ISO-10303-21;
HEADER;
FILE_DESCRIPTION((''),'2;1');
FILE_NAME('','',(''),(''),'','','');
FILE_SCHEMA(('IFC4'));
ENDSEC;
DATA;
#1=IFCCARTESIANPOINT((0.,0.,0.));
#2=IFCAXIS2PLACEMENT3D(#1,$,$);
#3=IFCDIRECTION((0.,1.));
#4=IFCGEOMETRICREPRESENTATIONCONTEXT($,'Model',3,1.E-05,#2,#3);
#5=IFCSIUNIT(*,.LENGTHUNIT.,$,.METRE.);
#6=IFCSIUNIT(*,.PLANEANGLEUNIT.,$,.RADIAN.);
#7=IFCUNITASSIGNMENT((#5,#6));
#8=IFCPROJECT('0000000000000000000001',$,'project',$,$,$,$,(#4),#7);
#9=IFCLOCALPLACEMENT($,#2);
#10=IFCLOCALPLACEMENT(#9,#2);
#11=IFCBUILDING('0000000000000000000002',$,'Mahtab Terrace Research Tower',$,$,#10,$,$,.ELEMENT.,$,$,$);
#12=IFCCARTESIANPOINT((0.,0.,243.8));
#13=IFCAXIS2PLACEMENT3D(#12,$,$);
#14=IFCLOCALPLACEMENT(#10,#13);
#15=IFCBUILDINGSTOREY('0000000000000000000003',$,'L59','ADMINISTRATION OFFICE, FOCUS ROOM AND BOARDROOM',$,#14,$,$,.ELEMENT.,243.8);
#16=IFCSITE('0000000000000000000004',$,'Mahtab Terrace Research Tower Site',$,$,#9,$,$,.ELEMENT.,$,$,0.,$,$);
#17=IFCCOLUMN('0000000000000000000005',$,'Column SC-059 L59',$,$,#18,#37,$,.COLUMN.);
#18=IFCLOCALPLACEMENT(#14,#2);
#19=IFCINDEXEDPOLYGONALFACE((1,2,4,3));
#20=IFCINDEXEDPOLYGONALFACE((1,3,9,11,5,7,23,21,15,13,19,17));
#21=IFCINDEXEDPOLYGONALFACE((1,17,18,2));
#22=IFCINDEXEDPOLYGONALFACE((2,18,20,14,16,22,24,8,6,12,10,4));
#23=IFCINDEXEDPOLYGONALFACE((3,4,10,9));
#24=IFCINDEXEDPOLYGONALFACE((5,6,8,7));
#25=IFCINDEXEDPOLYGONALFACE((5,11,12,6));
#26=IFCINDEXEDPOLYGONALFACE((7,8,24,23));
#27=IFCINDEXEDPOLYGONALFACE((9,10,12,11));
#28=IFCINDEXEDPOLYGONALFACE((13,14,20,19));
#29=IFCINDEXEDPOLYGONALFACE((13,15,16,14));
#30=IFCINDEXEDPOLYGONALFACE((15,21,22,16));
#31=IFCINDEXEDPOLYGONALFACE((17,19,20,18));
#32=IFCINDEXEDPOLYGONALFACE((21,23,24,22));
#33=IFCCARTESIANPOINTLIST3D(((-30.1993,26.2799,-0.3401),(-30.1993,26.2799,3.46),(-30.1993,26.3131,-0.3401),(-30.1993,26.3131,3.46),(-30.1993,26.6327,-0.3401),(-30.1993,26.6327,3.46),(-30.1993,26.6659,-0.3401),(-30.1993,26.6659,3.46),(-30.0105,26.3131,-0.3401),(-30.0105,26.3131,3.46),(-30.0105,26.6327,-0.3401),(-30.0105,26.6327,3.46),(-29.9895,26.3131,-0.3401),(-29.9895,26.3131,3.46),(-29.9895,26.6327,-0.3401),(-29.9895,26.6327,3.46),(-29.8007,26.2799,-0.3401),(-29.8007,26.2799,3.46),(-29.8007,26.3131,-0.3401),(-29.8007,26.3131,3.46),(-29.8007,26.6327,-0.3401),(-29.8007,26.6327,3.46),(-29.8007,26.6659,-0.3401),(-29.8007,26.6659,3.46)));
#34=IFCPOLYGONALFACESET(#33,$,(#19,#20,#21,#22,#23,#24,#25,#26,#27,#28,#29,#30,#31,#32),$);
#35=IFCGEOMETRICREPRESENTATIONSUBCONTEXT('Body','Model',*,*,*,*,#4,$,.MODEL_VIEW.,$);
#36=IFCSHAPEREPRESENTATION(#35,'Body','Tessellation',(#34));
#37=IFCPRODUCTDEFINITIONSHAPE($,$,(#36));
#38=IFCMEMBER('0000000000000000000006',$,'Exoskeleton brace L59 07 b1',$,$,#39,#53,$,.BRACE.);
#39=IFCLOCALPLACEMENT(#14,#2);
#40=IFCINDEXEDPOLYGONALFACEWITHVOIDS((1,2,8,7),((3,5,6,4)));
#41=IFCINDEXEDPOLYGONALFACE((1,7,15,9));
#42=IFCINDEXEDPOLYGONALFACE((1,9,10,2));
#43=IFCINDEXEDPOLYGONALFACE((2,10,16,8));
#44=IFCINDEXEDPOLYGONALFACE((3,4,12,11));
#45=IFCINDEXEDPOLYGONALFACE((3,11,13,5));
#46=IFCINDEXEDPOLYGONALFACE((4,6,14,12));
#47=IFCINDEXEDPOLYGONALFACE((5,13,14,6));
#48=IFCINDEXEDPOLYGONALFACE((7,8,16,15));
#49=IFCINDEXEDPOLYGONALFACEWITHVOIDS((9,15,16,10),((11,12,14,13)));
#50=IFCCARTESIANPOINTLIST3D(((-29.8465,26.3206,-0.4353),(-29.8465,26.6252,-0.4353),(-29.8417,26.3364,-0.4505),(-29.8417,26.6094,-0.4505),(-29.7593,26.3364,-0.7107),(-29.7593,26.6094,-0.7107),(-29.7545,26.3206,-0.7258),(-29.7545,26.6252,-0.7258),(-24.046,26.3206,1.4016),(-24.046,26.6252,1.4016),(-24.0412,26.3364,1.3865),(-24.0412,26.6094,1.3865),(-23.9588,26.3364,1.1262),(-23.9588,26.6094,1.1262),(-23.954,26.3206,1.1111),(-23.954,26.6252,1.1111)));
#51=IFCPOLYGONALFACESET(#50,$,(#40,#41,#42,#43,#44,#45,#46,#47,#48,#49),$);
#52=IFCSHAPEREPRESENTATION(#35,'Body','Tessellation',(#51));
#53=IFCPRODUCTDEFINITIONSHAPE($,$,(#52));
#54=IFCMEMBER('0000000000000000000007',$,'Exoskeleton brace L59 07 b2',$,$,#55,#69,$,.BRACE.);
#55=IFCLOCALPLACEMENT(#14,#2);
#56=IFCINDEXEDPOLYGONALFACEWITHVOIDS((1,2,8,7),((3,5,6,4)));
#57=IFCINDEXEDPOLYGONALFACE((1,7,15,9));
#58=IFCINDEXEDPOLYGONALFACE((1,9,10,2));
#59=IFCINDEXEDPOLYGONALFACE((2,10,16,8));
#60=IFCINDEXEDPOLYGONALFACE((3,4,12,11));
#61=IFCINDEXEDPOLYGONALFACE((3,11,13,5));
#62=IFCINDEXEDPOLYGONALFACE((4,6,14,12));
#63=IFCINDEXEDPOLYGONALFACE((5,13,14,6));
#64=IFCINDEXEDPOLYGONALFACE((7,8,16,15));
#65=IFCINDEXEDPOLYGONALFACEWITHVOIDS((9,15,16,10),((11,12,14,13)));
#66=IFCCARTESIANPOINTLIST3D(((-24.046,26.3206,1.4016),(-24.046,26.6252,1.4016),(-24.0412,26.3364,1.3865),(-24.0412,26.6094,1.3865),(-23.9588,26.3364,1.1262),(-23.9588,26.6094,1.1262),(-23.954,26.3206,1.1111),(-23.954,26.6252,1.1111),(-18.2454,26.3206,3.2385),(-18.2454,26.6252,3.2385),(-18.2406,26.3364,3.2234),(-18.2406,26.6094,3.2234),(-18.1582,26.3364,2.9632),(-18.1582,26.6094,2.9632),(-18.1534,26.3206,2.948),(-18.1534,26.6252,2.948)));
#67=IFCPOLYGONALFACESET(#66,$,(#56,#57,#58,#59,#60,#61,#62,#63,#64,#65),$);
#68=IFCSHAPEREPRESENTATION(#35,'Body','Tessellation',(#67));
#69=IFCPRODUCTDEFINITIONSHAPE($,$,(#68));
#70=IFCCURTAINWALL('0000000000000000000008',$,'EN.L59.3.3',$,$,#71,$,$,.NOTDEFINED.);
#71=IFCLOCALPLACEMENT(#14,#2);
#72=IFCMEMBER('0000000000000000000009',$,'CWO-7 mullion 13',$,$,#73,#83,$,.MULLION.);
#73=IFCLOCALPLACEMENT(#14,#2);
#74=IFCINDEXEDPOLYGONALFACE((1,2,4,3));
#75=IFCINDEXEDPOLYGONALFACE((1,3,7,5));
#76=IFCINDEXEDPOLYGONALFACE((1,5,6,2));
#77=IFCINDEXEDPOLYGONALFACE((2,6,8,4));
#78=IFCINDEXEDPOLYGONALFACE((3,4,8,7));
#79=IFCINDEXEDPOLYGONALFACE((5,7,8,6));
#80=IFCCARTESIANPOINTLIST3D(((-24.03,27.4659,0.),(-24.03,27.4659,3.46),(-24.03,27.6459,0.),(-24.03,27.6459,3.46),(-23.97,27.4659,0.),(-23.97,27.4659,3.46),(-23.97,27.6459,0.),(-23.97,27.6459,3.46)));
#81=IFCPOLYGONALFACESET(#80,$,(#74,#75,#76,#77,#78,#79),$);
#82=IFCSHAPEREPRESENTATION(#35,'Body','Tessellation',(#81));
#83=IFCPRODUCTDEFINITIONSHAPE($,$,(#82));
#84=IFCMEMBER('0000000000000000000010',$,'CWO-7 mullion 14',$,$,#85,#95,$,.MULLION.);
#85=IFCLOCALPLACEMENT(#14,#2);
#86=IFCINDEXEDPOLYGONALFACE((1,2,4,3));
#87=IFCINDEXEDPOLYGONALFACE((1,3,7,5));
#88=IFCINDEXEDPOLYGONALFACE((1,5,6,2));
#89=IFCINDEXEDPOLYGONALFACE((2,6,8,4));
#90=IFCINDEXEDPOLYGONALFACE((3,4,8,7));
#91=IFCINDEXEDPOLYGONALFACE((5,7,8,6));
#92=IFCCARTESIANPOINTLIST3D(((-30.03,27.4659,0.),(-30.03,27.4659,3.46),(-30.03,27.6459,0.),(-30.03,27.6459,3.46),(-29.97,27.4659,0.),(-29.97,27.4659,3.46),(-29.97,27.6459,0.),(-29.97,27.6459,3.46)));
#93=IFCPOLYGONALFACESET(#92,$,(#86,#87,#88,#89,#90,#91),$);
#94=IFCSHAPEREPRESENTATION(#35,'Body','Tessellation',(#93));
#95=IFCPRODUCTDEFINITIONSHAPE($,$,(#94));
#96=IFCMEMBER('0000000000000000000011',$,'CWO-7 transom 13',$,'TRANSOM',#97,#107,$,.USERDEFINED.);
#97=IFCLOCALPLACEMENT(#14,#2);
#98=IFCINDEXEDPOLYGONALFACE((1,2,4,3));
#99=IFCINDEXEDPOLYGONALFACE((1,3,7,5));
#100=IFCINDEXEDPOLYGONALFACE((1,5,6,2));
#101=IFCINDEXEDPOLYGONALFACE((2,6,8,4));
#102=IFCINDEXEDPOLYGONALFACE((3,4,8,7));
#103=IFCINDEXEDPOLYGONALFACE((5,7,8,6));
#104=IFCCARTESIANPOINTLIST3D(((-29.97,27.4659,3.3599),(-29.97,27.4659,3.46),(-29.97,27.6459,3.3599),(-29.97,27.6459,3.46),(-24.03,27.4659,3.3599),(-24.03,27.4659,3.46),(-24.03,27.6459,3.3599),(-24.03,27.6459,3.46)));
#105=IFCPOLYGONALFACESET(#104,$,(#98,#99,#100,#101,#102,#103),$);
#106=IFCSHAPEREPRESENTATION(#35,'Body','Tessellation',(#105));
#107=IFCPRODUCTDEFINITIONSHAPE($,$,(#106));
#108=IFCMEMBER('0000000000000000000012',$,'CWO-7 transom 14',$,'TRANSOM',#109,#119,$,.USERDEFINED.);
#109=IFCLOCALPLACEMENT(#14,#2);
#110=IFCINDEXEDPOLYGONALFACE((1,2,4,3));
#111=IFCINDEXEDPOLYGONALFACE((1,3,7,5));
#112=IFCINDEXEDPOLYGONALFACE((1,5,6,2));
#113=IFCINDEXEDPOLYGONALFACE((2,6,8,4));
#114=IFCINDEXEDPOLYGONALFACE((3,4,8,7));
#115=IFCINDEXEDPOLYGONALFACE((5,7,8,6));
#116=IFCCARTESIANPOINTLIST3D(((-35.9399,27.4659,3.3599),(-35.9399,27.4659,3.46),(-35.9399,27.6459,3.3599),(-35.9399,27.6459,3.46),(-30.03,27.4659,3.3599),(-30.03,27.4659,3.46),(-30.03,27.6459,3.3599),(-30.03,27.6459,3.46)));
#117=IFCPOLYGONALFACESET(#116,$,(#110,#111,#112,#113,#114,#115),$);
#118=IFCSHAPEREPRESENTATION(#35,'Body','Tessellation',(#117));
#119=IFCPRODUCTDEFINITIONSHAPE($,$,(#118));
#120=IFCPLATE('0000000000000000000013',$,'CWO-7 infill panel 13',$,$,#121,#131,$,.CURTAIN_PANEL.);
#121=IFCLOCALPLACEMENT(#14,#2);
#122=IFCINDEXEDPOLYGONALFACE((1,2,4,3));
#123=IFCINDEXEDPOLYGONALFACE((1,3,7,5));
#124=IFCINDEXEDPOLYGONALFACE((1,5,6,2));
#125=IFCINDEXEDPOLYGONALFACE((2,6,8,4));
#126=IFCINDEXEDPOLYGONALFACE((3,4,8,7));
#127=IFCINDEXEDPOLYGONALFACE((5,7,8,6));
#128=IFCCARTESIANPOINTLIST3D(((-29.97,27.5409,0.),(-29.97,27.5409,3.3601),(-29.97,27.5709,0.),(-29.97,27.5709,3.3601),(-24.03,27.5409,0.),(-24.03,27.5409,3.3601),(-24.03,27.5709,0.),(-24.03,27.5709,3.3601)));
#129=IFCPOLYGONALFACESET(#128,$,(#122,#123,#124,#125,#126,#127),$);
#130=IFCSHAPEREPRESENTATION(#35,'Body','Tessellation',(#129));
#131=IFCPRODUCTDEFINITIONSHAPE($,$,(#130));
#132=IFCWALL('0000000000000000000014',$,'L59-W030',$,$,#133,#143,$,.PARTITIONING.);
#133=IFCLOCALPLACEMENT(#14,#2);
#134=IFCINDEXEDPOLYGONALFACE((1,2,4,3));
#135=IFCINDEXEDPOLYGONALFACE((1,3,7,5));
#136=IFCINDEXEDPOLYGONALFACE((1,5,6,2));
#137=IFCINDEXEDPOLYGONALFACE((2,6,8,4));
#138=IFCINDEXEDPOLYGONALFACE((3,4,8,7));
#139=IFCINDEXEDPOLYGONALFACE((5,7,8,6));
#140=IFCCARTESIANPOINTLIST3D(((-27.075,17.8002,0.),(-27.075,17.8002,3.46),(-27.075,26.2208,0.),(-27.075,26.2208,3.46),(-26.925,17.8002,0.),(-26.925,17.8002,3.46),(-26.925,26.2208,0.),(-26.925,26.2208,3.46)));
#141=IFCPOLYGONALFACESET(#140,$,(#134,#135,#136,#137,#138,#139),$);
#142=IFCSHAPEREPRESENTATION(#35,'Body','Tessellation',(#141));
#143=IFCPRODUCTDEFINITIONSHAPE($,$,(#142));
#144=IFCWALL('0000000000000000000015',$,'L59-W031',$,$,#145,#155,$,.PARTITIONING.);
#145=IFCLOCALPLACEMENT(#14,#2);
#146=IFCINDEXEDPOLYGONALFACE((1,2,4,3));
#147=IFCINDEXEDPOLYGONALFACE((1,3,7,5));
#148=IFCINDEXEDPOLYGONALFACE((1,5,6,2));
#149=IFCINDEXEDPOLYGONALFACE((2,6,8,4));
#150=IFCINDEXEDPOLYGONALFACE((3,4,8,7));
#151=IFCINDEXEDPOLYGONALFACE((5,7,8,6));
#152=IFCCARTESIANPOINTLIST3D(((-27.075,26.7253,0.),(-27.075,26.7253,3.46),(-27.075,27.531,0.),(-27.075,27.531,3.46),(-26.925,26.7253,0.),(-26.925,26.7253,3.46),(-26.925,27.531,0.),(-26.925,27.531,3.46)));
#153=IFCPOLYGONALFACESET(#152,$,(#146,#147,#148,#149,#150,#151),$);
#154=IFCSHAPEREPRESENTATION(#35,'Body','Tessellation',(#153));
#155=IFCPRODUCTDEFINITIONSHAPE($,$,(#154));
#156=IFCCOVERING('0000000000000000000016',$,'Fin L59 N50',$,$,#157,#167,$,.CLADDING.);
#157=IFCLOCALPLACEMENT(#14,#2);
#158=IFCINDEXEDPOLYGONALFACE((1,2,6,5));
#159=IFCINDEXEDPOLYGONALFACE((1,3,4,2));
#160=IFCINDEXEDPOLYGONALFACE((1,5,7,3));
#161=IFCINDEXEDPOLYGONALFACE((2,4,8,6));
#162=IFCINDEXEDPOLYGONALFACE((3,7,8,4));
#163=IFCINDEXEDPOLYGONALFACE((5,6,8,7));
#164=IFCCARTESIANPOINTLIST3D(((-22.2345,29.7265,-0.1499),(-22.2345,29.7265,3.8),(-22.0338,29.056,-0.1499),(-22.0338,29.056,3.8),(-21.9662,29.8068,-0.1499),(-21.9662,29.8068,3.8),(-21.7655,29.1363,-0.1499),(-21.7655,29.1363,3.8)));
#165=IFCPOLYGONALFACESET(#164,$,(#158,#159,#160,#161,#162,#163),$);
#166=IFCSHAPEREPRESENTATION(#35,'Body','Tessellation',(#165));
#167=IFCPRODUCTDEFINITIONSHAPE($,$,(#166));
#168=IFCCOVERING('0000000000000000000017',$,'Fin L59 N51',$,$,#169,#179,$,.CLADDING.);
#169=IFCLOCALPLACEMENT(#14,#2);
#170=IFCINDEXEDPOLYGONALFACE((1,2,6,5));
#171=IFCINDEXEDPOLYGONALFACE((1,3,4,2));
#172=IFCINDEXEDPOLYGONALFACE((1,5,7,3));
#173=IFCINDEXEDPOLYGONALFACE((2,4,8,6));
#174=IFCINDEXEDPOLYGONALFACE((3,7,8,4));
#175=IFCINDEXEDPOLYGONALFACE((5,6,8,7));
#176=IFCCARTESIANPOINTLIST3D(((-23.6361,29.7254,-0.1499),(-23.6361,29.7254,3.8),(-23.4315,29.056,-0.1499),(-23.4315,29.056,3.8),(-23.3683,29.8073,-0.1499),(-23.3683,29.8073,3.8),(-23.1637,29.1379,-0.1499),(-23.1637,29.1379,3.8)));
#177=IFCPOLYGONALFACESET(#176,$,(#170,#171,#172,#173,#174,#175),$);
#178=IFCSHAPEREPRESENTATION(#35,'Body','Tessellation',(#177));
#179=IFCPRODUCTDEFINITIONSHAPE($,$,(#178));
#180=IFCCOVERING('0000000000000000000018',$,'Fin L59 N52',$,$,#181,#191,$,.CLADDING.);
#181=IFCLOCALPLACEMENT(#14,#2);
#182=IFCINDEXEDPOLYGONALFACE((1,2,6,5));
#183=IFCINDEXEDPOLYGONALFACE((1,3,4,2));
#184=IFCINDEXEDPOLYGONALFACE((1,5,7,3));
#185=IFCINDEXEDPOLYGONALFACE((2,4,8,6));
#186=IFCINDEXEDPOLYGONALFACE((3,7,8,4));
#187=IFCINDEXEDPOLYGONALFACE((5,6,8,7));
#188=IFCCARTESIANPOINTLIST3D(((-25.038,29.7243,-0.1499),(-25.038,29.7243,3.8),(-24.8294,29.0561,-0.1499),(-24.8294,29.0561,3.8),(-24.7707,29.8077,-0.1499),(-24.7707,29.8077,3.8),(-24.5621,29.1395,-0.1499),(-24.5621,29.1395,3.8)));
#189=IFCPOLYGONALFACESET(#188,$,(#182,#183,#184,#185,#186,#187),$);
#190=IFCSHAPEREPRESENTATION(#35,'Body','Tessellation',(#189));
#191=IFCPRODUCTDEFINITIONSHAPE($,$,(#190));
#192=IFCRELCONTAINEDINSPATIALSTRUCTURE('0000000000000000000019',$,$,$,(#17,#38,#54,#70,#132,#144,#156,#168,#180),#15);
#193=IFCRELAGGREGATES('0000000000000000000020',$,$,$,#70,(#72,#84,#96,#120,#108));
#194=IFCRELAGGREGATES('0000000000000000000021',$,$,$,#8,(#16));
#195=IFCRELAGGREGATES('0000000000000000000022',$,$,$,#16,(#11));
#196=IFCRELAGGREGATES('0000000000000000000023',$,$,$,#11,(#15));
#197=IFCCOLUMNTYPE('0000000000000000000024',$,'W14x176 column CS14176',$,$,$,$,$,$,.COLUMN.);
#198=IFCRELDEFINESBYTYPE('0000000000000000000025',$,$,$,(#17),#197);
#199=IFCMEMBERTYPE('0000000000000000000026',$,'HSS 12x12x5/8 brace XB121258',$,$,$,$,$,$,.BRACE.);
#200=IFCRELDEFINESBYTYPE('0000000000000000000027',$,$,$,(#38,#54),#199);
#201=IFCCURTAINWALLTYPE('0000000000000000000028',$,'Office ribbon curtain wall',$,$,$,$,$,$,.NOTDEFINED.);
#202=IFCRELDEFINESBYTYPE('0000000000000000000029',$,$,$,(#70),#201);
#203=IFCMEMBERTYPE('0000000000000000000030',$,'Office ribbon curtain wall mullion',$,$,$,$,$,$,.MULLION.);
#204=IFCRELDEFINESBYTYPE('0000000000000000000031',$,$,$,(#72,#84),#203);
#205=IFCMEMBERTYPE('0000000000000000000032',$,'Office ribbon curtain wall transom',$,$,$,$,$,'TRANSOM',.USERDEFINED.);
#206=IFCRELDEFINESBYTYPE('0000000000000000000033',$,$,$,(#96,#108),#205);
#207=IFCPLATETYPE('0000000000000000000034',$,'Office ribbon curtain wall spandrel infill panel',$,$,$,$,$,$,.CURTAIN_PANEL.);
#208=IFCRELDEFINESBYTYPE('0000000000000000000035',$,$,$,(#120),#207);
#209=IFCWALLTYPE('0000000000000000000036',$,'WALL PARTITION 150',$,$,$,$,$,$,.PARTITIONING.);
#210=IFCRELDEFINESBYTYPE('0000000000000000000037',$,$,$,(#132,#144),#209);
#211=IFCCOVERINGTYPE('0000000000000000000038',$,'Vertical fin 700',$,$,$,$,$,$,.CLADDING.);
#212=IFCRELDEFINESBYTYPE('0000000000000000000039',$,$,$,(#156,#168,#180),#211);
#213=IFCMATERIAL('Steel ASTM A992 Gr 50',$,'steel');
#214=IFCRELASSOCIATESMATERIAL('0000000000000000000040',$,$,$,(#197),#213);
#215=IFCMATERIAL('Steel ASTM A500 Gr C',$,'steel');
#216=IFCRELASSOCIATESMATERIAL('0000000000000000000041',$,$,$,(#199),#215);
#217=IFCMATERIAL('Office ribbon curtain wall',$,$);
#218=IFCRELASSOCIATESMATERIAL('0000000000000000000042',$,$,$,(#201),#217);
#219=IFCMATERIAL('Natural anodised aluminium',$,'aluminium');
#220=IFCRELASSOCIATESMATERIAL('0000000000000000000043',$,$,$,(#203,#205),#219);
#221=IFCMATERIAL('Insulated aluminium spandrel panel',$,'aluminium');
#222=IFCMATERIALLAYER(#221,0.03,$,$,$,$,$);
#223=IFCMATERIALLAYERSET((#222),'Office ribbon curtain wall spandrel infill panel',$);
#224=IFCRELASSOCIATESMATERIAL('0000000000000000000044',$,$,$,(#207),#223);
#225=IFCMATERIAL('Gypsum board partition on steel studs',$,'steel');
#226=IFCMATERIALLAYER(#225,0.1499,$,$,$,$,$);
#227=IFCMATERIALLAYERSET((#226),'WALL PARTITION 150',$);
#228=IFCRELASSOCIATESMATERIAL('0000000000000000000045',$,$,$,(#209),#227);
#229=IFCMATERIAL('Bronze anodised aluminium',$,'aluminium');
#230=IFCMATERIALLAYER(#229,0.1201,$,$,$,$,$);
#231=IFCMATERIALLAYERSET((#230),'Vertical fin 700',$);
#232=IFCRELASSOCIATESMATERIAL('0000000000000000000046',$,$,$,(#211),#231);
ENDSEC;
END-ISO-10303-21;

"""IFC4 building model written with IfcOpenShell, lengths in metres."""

from ifc_helpers import new_model, si_unit, direction, frame, frame_2d, origin, origin_2d, place, context, subcontext, project, spatial, rectangle, hollow_rectangle, i_section, extrude, material, layer, layer_set, material_profile, profile_set, type_object, element, aggregate, save


model = new_model("IFC4")

# Units and contexts
model_context = context("Model", 3, precision=1e-05, world=origin(), true_north=direction((0.0, 1.0)))
body_context = subcontext(model_context, "Body", "Model", "MODEL_VIEW")
ifc_project = project(units=[si_unit("LENGTHUNIT", "METRE"), si_unit("PLANEANGLEUNIT", "RADIAN")], contexts=[model_context])

# Site, building, storey
site_placement = place(None, origin())
site = spatial("IfcSite", under=ifc_project, at=site_placement, Name="Mahtab Terrace Research Tower Site", CompositionType="ELEMENT", RefElevation=0.0)
building_placement = place(site_placement, origin())
building = spatial("IfcBuilding", under=site, at=building_placement, Name="Mahtab Terrace Research Tower", CompositionType="ELEMENT")
storey_placement = place(building_placement, frame((0.0, 0.0, 243.8)))
storey = spatial("IfcBuildingStorey", under=building, at=storey_placement, Name="L59", Description="ADMINISTRATION OFFICE, FOCUS ROOM AND BOARDROOM", CompositionType="ELEMENT", Elevation=243.8)

# Column
ifc_material_1 = material(Name="Steel ASTM A992 Gr 50", Category="steel")
ifc_material_profile_1 = material_profile(ifc_material_1, i_section(OverallWidth=0.3987, OverallDepth=0.386, WebThickness=0.021, FlangeThickness=0.0332, at=origin_2d()), Name="W14X176")
ifc_profile_set_1 = profile_set([ifc_material_profile_1], Name="Steel ASTM A992 Gr 50")
column_type = type_object("IfcColumnType", Name="W14x176 column CS14176", PredefinedType="COLUMN", material=ifc_profile_set_1)
column_placement = place(storey_placement, frame((-30.0, 26.4729, -0.3401), z_axis=(0.0, 0.0, 1.0), x_axis=(1.0, 0.0, 0.0)))
element("IfcColumn", 1, at=column_placement, inside=storey, type_object=column_type, Name="Column SC-059 L59", PredefinedType="COLUMN", context=body_context, shape_type="SweptSolid", body=[
    extrude(i_section(OverallWidth=0.3987, OverallDepth=0.386, WebThickness=0.021, FlangeThickness=0.0332, at=origin_2d()), origin(), (0.0, 0.0, 1.0), 3.8),
])

# Members
ifc_material_2 = material(Name="Steel ASTM A500 Gr C", Category="steel")
ifc_material_profile_2 = material_profile(ifc_material_2, hollow_rectangle(XDim=0.3047, YDim=0.3047, WallThickness=0.0159, at=origin_2d()), Name="HSS12X12X5/8")
ifc_profile_set_2 = profile_set([ifc_material_profile_2], Name="Steel ASTM A500 Gr C")
member_type_1 = type_object("IfcMemberType", Name="HSS 12x12x5/8 brace XB121258", PredefinedType="BRACE", material=ifc_profile_set_2)
for number, where, z_axis, x_axis, name in (
    (2, (-29.8005, 26.4729, -0.5806), (0.953339, 0.0, 0.301903), (0.0, 1.0, 0.0), "Exoskeleton brace L59 07 b1"),
    (3, (-24.0, 26.4729, 1.2563), (0.953339, 0.0, 0.301903), (0.0, 1.0, 0.0), "Exoskeleton brace L59 07 b2"),
):
    element("IfcMember", number, at=place(storey_placement, frame(where, z_axis=z_axis, x_axis=x_axis)), inside=storey, type_object=member_type_1, Name=name, PredefinedType="BRACE", context=body_context, shape_type="SweptSolid", body=[
        extrude(hollow_rectangle(XDim=0.3047, YDim=0.3047, WallThickness=0.0159, at=origin_2d()), origin(), (0.0, 0.0, 1.0), 6.0845),
    ])

# Curtain wall, members, plate
ifc_material_3 = material(Name="Office ribbon curtain wall")
curtain_wall_type = type_object("IfcCurtainWallType", Name="Office ribbon curtain wall", PredefinedType="NOTDEFINED", material=ifc_material_3)
curtain_wall_placement = place(storey_placement, origin())
curtain_wall = element("IfcCurtainWall", 4, at=curtain_wall_placement, inside=storey, type_object=curtain_wall_type, Name="EN.L59.3.3", PredefinedType="NOTDEFINED")
ifc_material_4 = material(Name="Natural anodised aluminium", Category="aluminium")
ifc_material_profile_3 = material_profile(ifc_material_4, rectangle(XDim=0.1799, YDim=0.0601, at=origin_2d()), Name="MULLION 60x180")
ifc_profile_set_3 = profile_set([ifc_material_profile_3], Name="Natural anodised aluminium")
member_type_2 = type_object("IfcMemberType", Name="Office ribbon curtain wall mullion", PredefinedType="MULLION", material=ifc_profile_set_3)
member_1_placement = place(storey_placement, frame((-24.0, 27.5559, 0.0), z_axis=(0.0, 0.0, 1.0), x_axis=(0.0, -1.0, 0.0)))
member_1 = element("IfcMember", 5, at=member_1_placement, type_object=member_type_2, Name="CWO-7 mullion 13", PredefinedType="MULLION", context=body_context, shape_type="SweptSolid", body=[
    extrude(rectangle(XDim=0.1799, YDim=0.0601, at=origin_2d()), origin(), (0.0, 0.0, 1.0), 3.46),
])
member_2_placement = place(storey_placement, frame((-30.0, 27.5559, 0.0), z_axis=(0.0, 0.0, 1.0), x_axis=(0.0, -1.0, 0.0)))
member_2 = element("IfcMember", 6, at=member_2_placement, type_object=member_type_2, Name="CWO-7 mullion 14", PredefinedType="MULLION", context=body_context, shape_type="SweptSolid", body=[
    extrude(rectangle(XDim=0.1799, YDim=0.0601, at=origin_2d()), origin(), (0.0, 0.0, 1.0), 3.46),
])
ifc_material_profile_4 = material_profile(ifc_material_4, rectangle(XDim=0.1799, YDim=0.1001, at=origin_2d()), Name="TRANSOM 100x180")
ifc_profile_set_4 = profile_set([ifc_material_profile_4], Name="Natural anodised aluminium")
member_type_3 = type_object("IfcMemberType", Name="Office ribbon curtain wall transom", ElementType="TRANSOM", PredefinedType="USERDEFINED", material=ifc_profile_set_4)
member_3_placement = place(storey_placement, frame((-24.03, 27.5559, 3.4099), z_axis=(-1.0, 0.0, 0.0), x_axis=(0.0, -1.0, 0.0)))
member_3 = element("IfcMember", 7, at=member_3_placement, type_object=member_type_3, Name="CWO-7 transom 13", ObjectType="TRANSOM", PredefinedType="USERDEFINED", context=body_context, shape_type="SweptSolid", body=[
    extrude(rectangle(XDim=0.1799, YDim=0.1001, at=origin_2d()), origin(), (0.0, 0.0, 1.0), 5.9399),
])
member_4_placement = place(storey_placement, frame((-30.03, 27.5559, 3.4099), z_axis=(-1.0, 0.0, 0.0), x_axis=(0.0, -1.0, 0.0)))
member_4 = element("IfcMember", 8, at=member_4_placement, type_object=member_type_3, Name="CWO-7 transom 14", ObjectType="TRANSOM", PredefinedType="USERDEFINED", context=body_context, shape_type="SweptSolid", body=[
    extrude(rectangle(XDim=0.1799, YDim=0.1001, at=origin_2d()), origin(), (0.0, 0.0, 1.0), 5.9099),
])
ifc_material_5 = material(Name="Insulated aluminium spandrel panel", Category="aluminium")
ifc_layer_1 = layer(ifc_material_5, 0.03)
ifc_layer_set_1 = layer_set([ifc_layer_1], Name="Office ribbon curtain wall spandrel infill panel")
plate_type = type_object("IfcPlateType", Name="Office ribbon curtain wall spandrel infill panel", PredefinedType="CURTAIN_PANEL", material=ifc_layer_set_1)
plate_placement = place(storey_placement, frame((-27.0, 27.5559, 0.0), z_axis=(0.0, 0.0, 1.0), x_axis=(-1.0, 0.0, 0.0)))
plate = element("IfcPlate", 9, at=plate_placement, type_object=plate_type, Name="CWO-7 infill panel 13", PredefinedType="CURTAIN_PANEL", context=body_context, shape_type="SweptSolid", body=[
    extrude(rectangle(XDim=5.9399, YDim=0.03, at=origin_2d()), origin(), (0.0, 0.0, 1.0), 3.3601),
])
aggregate(curtain_wall, [member_1, member_2, member_3, plate, member_4])

# Walls
ifc_material_6 = material(Name="Gypsum board partition on steel studs", Category="steel")
ifc_layer_2 = layer(ifc_material_6, 0.1499)
ifc_layer_set_2 = layer_set([ifc_layer_2], Name="WALL PARTITION 150")
wall_type = type_object("IfcWallType", Name="WALL PARTITION 150", PredefinedType="PARTITIONING", material=ifc_layer_set_2)
wall_1_placement = place(storey_placement, frame((-27.0, 17.8, 0.0), z_axis=(0.0, 0.0, 1.0), x_axis=(0.0, 1.0, 0.0)))
element("IfcWall", 10, at=wall_1_placement, inside=storey, type_object=wall_type, Name="L59-W030", PredefinedType="PARTITIONING", context=body_context, shape_type="SweptSolid", body=[
    extrude(rectangle(XDim=8.4207, YDim=0.1499, at=frame_2d((4.2104, 0.0))), origin(), (0.0, 0.0, 1.0), 3.46),
])
wall_2_placement = place(storey_placement, frame((-27.0, 26.7253, 0.0), z_axis=(0.0, 0.0, 1.0), x_axis=(0.0, 1.0, 0.0)))
element("IfcWall", 11, at=wall_2_placement, inside=storey, type_object=wall_type, Name="L59-W031", PredefinedType="PARTITIONING", context=body_context, shape_type="SweptSolid", body=[
    extrude(rectangle(XDim=0.8057, YDim=0.1499, at=frame_2d((0.4028, 0.0))), origin(), (0.0, 0.0, 1.0), 3.46),
])

# Coverings
ifc_material_7 = material(Name="Bronze anodised aluminium", Category="aluminium")
ifc_layer_3 = layer(ifc_material_7, 0.1201)
ifc_layer_set_3 = layer_set([ifc_layer_3], Name="Vertical fin 700")
covering_type = type_object("IfcCoveringType", Name="Vertical fin 700", PredefinedType="CLADDING", material=ifc_layer_set_3)
for number, where, z_axis, x_axis, name in (
    (12, (-22.0, 29.4314, -0.1499), (0.0, 0.0, 1.0), (-0.95799, -0.286803, 0.0), "Fin L59 N50"),
    (13, (-23.3999, 29.4316, -0.1499), (0.0, 0.0, 1.0), (-0.956305, -0.292372, 0.0), "Fin L59 N51"),
    (14, (-24.8, 29.4319, -0.1499), (0.0, 0.0, 1.0), (-0.954588, -0.29793, 0.0), "Fin L59 N52"),
):
    element("IfcCovering", number, at=place(storey_placement, frame(where, z_axis=z_axis, x_axis=x_axis)), inside=storey, type_object=covering_type, Name=name, PredefinedType="CLADDING", context=body_context, shape_type="SweptSolid", body=[
        extrude(rectangle(XDim=0.28, YDim=0.7, at=origin_2d()), origin(), (0.0, 0.0, 1.0), 3.95),
    ])

save(model, "model.ifc")
